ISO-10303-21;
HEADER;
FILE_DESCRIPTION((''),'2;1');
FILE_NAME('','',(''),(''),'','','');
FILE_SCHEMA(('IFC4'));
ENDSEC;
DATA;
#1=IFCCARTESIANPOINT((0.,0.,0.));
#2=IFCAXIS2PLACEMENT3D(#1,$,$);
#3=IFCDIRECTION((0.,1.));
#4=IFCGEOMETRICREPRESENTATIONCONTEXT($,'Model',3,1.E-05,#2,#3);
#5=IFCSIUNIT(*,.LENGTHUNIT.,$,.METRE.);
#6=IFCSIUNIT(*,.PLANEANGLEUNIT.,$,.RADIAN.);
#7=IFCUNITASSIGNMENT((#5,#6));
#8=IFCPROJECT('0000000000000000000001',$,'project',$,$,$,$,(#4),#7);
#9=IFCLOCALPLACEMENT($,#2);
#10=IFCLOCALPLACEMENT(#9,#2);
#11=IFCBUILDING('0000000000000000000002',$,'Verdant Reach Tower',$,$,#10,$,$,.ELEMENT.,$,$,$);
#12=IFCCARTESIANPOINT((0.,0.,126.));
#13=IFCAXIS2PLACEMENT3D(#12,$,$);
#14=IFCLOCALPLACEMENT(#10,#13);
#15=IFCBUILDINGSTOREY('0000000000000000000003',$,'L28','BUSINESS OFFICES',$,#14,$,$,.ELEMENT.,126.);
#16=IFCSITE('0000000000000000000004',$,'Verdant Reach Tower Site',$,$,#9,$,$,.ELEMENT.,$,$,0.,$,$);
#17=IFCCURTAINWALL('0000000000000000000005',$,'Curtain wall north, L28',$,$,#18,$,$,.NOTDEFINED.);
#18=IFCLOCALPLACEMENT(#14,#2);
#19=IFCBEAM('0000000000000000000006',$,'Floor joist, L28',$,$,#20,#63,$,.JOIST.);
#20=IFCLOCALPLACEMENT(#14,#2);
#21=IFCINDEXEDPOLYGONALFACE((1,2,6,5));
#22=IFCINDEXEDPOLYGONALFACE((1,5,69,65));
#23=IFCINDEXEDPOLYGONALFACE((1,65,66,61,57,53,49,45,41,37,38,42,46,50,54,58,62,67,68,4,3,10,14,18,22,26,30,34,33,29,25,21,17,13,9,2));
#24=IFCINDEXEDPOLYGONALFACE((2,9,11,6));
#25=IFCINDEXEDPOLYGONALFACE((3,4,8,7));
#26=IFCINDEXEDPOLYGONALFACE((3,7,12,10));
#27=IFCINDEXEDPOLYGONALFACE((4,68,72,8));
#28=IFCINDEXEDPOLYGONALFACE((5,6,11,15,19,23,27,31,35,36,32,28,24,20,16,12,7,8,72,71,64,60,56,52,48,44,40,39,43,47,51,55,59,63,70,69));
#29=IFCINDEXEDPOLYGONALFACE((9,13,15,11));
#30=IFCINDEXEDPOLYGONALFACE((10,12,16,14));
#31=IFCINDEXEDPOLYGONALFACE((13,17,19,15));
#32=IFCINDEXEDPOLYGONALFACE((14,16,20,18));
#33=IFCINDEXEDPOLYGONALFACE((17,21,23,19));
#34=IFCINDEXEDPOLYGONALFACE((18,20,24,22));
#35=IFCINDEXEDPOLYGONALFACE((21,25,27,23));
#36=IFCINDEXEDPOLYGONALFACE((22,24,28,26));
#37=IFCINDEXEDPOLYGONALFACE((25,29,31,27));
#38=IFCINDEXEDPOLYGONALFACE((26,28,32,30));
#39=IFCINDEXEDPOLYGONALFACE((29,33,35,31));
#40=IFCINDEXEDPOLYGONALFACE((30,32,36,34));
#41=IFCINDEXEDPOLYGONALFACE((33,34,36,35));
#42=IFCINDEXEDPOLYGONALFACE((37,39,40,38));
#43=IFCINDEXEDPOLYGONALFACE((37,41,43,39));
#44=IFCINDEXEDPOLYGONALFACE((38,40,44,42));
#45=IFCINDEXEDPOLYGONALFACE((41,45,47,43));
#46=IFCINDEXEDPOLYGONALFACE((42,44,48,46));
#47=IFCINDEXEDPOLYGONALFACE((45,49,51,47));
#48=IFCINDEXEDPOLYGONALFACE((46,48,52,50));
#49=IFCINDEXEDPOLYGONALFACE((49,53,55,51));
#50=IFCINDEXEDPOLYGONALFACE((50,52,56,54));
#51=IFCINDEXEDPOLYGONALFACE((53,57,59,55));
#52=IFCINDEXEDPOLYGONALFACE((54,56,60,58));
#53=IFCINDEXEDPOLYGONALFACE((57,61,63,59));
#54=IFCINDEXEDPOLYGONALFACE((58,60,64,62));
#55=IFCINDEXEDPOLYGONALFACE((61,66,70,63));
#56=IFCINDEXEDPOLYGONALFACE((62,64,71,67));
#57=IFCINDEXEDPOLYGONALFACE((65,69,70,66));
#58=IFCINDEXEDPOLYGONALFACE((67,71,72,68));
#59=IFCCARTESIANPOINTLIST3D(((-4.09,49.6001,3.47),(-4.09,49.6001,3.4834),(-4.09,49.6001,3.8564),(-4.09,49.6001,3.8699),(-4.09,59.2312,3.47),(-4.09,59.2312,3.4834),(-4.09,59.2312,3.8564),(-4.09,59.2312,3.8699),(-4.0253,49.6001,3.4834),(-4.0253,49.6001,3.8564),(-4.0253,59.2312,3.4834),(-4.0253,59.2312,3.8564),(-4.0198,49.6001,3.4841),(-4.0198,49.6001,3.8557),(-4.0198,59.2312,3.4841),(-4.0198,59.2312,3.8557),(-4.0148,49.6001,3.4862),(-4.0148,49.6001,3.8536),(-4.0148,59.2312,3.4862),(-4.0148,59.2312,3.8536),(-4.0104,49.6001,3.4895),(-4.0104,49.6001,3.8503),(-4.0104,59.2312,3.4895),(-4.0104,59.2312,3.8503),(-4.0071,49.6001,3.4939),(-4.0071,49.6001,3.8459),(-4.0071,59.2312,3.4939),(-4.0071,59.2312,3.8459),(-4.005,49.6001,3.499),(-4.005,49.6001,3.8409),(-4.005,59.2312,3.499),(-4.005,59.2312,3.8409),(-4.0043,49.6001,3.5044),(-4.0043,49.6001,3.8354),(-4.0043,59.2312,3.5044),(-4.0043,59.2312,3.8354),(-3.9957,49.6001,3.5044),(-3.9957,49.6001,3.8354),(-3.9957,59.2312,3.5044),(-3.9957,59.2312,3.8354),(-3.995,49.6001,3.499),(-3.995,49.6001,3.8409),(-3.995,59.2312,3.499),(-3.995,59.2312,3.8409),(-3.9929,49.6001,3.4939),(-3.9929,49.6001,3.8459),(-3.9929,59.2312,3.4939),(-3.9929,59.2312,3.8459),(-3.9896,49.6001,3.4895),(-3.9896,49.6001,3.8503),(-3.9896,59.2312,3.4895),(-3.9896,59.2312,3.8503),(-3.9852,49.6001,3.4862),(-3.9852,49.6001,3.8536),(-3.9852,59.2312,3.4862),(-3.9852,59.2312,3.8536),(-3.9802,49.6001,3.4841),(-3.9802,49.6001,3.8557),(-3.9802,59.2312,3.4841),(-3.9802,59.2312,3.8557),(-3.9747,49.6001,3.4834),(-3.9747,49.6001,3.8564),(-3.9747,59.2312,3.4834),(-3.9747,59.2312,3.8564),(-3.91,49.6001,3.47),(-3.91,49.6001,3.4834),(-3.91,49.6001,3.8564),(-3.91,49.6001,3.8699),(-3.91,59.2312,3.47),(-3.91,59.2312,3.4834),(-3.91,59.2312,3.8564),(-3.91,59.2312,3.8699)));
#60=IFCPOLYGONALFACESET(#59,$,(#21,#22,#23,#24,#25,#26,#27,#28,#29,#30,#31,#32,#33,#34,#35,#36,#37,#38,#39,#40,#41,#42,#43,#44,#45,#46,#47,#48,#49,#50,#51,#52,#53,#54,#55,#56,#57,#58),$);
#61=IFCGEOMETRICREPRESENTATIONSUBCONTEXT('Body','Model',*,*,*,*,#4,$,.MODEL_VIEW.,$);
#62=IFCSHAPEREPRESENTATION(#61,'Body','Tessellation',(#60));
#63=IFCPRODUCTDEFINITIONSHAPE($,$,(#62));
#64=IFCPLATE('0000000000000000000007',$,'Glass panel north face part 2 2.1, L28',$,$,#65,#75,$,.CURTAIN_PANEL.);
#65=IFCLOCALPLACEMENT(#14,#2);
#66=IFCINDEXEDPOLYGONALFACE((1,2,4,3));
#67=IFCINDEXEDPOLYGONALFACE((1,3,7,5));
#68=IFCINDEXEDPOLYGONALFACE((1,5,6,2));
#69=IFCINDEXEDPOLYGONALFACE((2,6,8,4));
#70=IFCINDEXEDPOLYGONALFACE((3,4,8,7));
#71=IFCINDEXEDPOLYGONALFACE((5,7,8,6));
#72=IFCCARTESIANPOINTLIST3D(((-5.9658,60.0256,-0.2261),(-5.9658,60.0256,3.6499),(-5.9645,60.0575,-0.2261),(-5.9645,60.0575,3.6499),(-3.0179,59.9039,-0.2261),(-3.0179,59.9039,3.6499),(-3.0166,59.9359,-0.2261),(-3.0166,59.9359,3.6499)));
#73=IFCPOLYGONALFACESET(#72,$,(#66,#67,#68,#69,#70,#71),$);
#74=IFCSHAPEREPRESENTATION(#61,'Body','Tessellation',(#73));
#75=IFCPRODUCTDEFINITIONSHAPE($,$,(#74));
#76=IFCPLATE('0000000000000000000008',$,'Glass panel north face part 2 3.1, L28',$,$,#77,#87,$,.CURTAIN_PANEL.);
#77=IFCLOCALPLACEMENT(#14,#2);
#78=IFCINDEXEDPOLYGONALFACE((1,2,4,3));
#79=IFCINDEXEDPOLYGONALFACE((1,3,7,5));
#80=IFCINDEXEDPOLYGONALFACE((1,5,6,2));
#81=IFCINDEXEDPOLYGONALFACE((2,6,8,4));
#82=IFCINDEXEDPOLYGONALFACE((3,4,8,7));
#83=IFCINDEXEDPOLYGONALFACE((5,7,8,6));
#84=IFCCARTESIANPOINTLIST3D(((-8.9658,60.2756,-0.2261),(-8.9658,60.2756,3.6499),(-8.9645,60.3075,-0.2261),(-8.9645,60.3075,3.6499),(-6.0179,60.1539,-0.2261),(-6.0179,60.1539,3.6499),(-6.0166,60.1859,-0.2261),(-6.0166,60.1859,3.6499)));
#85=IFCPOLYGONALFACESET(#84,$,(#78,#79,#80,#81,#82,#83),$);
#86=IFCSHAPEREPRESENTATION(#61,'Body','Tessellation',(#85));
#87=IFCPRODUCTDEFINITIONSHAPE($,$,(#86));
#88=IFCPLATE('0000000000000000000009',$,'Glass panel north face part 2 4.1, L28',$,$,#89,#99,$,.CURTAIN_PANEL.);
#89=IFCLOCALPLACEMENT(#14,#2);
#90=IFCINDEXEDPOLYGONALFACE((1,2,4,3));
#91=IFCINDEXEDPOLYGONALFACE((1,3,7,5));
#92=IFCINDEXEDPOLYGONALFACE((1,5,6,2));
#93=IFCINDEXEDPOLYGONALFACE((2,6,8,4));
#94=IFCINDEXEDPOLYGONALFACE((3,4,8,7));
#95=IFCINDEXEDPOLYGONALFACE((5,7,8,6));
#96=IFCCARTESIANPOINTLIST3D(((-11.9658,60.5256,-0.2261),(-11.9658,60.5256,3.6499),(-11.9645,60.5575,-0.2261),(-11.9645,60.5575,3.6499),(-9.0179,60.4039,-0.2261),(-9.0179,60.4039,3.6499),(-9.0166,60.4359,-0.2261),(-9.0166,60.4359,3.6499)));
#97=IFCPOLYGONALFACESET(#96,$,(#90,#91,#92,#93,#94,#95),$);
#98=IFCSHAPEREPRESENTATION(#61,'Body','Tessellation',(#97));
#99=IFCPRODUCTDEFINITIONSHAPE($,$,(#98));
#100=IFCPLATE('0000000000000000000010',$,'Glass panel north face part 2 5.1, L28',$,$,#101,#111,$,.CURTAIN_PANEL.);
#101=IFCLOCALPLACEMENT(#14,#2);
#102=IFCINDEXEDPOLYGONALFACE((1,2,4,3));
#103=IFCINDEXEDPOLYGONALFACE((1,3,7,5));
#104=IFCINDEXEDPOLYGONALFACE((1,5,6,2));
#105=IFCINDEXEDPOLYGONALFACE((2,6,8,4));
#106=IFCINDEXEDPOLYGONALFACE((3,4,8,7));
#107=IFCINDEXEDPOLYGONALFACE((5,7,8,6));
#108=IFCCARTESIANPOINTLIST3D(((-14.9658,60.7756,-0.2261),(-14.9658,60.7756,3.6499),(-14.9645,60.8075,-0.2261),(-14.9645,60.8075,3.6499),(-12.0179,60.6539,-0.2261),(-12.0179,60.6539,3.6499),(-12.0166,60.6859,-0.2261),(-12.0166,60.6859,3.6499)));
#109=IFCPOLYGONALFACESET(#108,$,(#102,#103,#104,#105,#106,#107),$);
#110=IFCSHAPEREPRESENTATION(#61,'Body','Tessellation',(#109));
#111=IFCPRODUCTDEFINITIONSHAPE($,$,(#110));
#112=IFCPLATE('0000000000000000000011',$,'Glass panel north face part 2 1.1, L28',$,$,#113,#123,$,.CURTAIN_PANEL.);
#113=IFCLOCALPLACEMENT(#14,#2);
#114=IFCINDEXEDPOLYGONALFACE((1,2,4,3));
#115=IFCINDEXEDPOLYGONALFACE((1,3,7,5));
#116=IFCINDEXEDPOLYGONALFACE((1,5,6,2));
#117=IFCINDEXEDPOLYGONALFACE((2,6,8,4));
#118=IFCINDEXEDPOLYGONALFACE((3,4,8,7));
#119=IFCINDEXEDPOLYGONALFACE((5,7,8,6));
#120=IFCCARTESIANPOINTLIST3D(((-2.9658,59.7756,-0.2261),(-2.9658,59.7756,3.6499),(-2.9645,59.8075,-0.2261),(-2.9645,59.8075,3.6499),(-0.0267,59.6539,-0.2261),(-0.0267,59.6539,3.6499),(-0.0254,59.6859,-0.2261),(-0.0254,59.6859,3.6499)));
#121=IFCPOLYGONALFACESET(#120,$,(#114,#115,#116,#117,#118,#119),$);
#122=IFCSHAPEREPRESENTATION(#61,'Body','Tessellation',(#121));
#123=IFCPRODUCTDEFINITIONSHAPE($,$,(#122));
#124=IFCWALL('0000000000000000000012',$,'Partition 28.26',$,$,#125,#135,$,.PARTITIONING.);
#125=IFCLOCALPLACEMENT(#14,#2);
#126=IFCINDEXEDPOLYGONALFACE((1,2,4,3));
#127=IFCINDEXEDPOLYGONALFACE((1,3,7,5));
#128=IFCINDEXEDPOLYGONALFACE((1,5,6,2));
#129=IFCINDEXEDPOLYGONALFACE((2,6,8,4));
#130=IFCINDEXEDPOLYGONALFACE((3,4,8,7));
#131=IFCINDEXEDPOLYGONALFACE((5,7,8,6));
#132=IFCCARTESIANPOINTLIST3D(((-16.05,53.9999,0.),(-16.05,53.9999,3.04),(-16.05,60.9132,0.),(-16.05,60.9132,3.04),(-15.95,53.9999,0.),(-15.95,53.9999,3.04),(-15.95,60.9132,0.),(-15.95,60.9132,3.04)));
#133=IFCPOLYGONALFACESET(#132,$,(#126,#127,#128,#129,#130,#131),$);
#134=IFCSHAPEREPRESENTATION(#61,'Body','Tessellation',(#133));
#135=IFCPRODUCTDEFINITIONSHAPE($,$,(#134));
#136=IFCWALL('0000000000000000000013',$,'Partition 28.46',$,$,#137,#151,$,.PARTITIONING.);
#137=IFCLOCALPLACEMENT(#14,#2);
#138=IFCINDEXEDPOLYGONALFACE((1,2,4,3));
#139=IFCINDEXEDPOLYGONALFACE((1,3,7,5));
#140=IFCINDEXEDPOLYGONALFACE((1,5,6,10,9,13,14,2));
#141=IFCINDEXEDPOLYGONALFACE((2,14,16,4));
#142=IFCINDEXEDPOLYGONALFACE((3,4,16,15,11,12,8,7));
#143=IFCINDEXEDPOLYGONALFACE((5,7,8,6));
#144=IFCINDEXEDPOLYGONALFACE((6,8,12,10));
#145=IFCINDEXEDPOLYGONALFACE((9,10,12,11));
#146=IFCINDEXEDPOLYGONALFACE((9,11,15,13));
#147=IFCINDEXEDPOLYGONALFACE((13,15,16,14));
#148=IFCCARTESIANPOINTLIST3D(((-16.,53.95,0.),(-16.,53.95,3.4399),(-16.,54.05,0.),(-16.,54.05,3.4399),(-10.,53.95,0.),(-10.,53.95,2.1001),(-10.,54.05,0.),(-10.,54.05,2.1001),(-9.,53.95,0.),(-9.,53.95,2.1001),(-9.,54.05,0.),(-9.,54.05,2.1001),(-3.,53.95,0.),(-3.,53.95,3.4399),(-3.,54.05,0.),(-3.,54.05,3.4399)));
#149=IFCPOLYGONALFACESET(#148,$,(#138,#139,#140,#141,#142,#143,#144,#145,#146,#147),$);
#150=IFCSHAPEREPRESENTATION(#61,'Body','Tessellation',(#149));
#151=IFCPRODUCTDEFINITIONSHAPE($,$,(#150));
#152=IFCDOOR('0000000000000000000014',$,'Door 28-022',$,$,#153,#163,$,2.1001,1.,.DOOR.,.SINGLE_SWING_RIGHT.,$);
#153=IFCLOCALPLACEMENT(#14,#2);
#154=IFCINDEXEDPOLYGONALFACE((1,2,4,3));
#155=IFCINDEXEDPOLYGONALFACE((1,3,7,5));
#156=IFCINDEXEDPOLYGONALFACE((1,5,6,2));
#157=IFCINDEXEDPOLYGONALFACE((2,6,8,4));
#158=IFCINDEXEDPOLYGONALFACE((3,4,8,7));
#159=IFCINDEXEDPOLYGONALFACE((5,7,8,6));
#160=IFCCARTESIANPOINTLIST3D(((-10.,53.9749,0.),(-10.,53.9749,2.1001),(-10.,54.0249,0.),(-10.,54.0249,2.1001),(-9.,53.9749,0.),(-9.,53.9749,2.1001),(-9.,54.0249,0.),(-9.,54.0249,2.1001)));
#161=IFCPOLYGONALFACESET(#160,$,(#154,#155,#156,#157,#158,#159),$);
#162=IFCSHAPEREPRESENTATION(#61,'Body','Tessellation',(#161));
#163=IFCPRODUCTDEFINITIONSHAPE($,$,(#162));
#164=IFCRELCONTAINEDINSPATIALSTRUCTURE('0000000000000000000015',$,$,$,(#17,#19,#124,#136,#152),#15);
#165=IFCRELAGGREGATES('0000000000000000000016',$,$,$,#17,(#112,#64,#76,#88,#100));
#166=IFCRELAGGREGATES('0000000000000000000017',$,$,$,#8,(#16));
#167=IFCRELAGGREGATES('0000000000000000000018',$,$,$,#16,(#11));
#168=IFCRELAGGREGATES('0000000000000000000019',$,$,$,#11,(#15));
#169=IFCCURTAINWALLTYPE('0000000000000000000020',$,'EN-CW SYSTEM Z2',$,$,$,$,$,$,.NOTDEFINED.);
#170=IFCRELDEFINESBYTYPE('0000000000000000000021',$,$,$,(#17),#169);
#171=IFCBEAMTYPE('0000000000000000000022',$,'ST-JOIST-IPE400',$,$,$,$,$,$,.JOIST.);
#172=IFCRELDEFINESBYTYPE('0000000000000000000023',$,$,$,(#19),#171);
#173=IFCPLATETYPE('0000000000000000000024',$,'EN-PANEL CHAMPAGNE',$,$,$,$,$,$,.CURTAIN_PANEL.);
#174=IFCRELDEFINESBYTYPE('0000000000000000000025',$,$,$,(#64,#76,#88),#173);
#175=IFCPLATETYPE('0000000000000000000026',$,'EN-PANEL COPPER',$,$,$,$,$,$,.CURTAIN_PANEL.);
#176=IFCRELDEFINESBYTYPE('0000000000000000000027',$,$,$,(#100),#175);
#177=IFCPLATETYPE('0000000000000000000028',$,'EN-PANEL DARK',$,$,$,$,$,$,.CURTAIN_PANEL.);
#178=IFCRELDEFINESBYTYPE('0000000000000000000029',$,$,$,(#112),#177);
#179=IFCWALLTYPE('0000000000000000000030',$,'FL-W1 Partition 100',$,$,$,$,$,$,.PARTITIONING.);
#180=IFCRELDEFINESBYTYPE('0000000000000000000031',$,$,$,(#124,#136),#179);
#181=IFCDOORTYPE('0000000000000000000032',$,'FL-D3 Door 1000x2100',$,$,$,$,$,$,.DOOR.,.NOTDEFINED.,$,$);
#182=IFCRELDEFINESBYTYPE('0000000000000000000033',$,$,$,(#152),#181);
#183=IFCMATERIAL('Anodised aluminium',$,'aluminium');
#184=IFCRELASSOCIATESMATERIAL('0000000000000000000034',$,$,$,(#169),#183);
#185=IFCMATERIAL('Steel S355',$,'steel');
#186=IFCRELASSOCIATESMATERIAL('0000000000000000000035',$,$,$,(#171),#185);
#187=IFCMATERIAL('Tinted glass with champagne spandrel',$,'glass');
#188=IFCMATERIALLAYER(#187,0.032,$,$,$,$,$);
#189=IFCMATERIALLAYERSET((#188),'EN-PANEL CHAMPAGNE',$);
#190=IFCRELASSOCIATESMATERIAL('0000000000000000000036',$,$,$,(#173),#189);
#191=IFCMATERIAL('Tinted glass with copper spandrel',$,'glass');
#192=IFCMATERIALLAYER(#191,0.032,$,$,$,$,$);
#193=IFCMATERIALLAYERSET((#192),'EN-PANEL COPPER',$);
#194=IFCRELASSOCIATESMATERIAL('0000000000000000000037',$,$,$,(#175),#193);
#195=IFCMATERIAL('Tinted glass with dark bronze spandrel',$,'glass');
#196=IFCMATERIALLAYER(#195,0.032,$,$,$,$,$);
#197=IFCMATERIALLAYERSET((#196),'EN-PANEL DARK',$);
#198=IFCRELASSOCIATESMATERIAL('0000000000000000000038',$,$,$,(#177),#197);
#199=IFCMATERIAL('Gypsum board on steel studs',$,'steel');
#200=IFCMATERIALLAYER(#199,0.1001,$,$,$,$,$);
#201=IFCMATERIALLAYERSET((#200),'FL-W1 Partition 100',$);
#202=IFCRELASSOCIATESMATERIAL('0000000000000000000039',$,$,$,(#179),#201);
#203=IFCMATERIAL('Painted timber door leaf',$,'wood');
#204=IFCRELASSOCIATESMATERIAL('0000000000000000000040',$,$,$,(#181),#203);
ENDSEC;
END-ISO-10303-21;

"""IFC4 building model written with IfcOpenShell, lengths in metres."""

from ifc_helpers import new_model, si_unit, direction, frame, frame_2d, origin, origin_2d, place, context, subcontext, project, spatial, rectangle, i_section, extrude, material, layer, layer_set, material_profile, profile_set, type_object, element, fill, aggregate, save


model = new_model("IFC4")

# Units and contexts
model_context = context("Model", 3, precision=1e-05, world=origin(), true_north=direction((0.0, 1.0)))
body_context = subcontext(model_context, "Body", "Model", "MODEL_VIEW")
ifc_project = project(units=[si_unit("LENGTHUNIT", "METRE"), si_unit("PLANEANGLEUNIT", "RADIAN")], contexts=[model_context])

# Site, building, storey
site_placement = place(None, origin())
site = spatial("IfcSite", under=ifc_project, at=site_placement, Name="Verdant Reach Tower Site", CompositionType="ELEMENT", RefElevation=0.0)
building_placement = place(site_placement, origin())
building = spatial("IfcBuilding", under=site, at=building_placement, Name="Verdant Reach Tower", CompositionType="ELEMENT")
storey_placement = place(building_placement, frame((0.0, 0.0, 126.0)))
storey = spatial("IfcBuildingStorey", under=building, at=storey_placement, Name="L28", Description="BUSINESS OFFICES", CompositionType="ELEMENT", Elevation=126.0)

# Curtain wall
ifc_material_1 = material(Name="Anodised aluminium", Category="aluminium")
curtain_wall_type = type_object("IfcCurtainWallType", Name="EN-CW SYSTEM Z2", PredefinedType="NOTDEFINED", material=ifc_material_1)
curtain_wall_placement = place(storey_placement, origin())
curtain_wall = element("IfcCurtainWall", 1, at=curtain_wall_placement, inside=storey, type_object=curtain_wall_type, Name="Curtain wall north, L28", PredefinedType="NOTDEFINED")

# Beam
ifc_material_2 = material(Name="Steel S355", Category="steel")
ifc_material_profile_1 = material_profile(ifc_material_2, i_section(OverallWidth=0.1799, OverallDepth=0.3999, WebThickness=0.0085, FlangeThickness=0.0134, FilletRadius=0.021, at=origin_2d()), Name="IPE 400")
ifc_profile_set_1 = profile_set([ifc_material_profile_1], Name="Steel S355")
beam_type_1 = type_object("IfcBeamType", Name="ST-JOIST-IPE400", PredefinedType="JOIST", material=ifc_profile_set_1)
beam_1_placement = place(storey_placement, frame((-4.0, 49.6001, 3.6699), z_axis=(0.0, 1.0, 0.0), x_axis=(-1.0, 0.0, 0.0)))
element("IfcBeam", 2, at=beam_1_placement, inside=storey, type_object=beam_type_1, Name="Floor joist, L28", PredefinedType="JOIST", context=body_context, shape_type="SweptSolid", body=[
    extrude(i_section(OverallWidth=0.1799, OverallDepth=0.3999, WebThickness=0.0085, FlangeThickness=0.0134, FilletRadius=0.021, at=origin_2d()), origin(), (0.0, 0.0, 1.0), 9.6311),
])

# Plates
ifc_material_3 = material(Name="Tinted glass with champagne spandrel", Category="glass")
ifc_layer_1 = layer(ifc_material_3, 0.032)
ifc_layer_set_1 = layer_set([ifc_layer_1], Name="EN-PANEL CHAMPAGNE")
plate_type_1 = type_object("IfcPlateType", Name="EN-PANEL CHAMPAGNE", PredefinedType="CURTAIN_PANEL", material=ifc_layer_set_1)
plate_1_placement = place(storey_placement, frame((-4.4912, 59.9807, -0.2261), z_axis=(0.0, 0.0, 1.0), x_axis=(-0.999149, 0.041242, 0.0)))
plate_1 = element("IfcPlate", 3, at=plate_1_placement, type_object=plate_type_1, Name="Glass panel north face part 2 2.1, L28", PredefinedType="CURTAIN_PANEL", context=body_context, shape_type="SweptSolid", body=[
    extrude(rectangle(XDim=2.9504, YDim=0.032, at=origin_2d()), origin(), (0.0, 0.0, 1.0), 3.876),
])
plate_2_placement = place(storey_placement, frame((-7.4912, 60.2307, -0.2261), z_axis=(0.0, 0.0, 1.0), x_axis=(-0.999149, 0.041242, 0.0)))
plate_2 = element("IfcPlate", 4, at=plate_2_placement, type_object=plate_type_1, Name="Glass panel north face part 2 3.1, L28", PredefinedType="CURTAIN_PANEL", context=body_context, shape_type="SweptSolid", body=[
    extrude(rectangle(XDim=2.9504, YDim=0.032, at=origin_2d()), origin(), (0.0, 0.0, 1.0), 3.876),
])
plate_3_placement = place(storey_placement, frame((-10.4912, 60.4807, -0.2261), z_axis=(0.0, 0.0, 1.0), x_axis=(-0.999149, 0.041242, 0.0)))
plate_3 = element("IfcPlate", 5, at=plate_3_placement, type_object=plate_type_1, Name="Glass panel north face part 2 4.1, L28", PredefinedType="CURTAIN_PANEL", context=body_context, shape_type="SweptSolid", body=[
    extrude(rectangle(XDim=2.9504, YDim=0.032, at=origin_2d()), origin(), (0.0, 0.0, 1.0), 3.876),
])
ifc_material_4 = material(Name="Tinted glass with copper spandrel", Category="glass")
ifc_layer_2 = layer(ifc_material_4, 0.032)
ifc_layer_set_2 = layer_set([ifc_layer_2], Name="EN-PANEL COPPER")
plate_type_2 = type_object("IfcPlateType", Name="EN-PANEL COPPER", PredefinedType="CURTAIN_PANEL", material=ifc_layer_set_2)
plate_4_placement = place(storey_placement, frame((-13.4912, 60.7307, -0.2261), z_axis=(0.0, 0.0, 1.0), x_axis=(-0.999149, 0.041242, 0.0)))
plate_4 = element("IfcPlate", 6, at=plate_4_placement, type_object=plate_type_2, Name="Glass panel north face part 2 5.1, L28", PredefinedType="CURTAIN_PANEL", context=body_context, shape_type="SweptSolid", body=[
    extrude(rectangle(XDim=2.9504, YDim=0.032, at=origin_2d()), origin(), (0.0, 0.0, 1.0), 3.876),
])
ifc_material_5 = material(Name="Tinted glass with dark bronze spandrel", Category="glass")
ifc_layer_3 = layer(ifc_material_5, 0.032)
ifc_layer_set_3 = layer_set([ifc_layer_3], Name="EN-PANEL DARK")
plate_type_3 = type_object("IfcPlateType", Name="EN-PANEL DARK", PredefinedType="CURTAIN_PANEL", material=ifc_layer_set_3)
plate_5_placement = place(storey_placement, frame((-1.4956, 59.7307, -0.2261), z_axis=(0.0, 0.0, 1.0), x_axis=(-0.999144, 0.041364, 0.0)))
plate_5 = element("IfcPlate", 7, at=plate_5_placement, type_object=plate_type_3, Name="Glass panel north face part 2 1.1, L28", PredefinedType="CURTAIN_PANEL", context=body_context, shape_type="SweptSolid", body=[
    extrude(rectangle(XDim=2.9417, YDim=0.032, at=origin_2d()), origin(), (0.0, 0.0, 1.0), 3.876),
])
aggregate(curtain_wall, [plate_5, plate_1, plate_2, plate_3, plate_4])

# Wall
ifc_material_6 = material(Name="Gypsum board on steel studs", Category="steel")
ifc_layer_4 = layer(ifc_material_6, 0.1001)
ifc_layer_set_4 = layer_set([ifc_layer_4], Name="FL-W1 Partition 100")
wall_type = type_object("IfcWallType", Name="FL-W1 Partition 100", PredefinedType="PARTITIONING", material=ifc_layer_set_4)
wall_1_placement = place(storey_placement, frame((-16.0, 54.0, 0.0), z_axis=(0.0, 0.0, 1.0), x_axis=(0.0, 1.0, 0.0)))
element("IfcWall", 8, at=wall_1_placement, inside=storey, type_object=wall_type, Name="Partition 28.26", PredefinedType="PARTITIONING", context=body_context, shape_type="SweptSolid", body=[
    extrude(rectangle(XDim=6.9133, YDim=0.1001, at=frame_2d((3.4565, 0.0))), origin(), (0.0, 0.0, 1.0), 3.04),
])

# Wall, opening, door
wall_2_placement = place(storey_placement, frame((-16.0, 54.0, 0.0), z_axis=(0.0, 0.0, 1.0), x_axis=(1.0, 0.0, 0.0)))
wall_2 = element("IfcWall", 9, at=wall_2_placement, inside=storey, type_object=wall_type, Name="Partition 28.46", PredefinedType="PARTITIONING", context=body_context, shape_type="SweptSolid", body=[
    extrude(rectangle(XDim=13.0, YDim=0.1001, at=frame_2d((6.5, 0.0))), origin(), (0.0, 0.0, 1.0), 3.4399),
])
opening_1_placement = place(wall_2_placement, frame((6.0, 0.0, 0.0)))
opening_1 = element("IfcOpeningElement", 10, at=opening_1_placement, cuts=wall_2, PredefinedType="OPENING", context=body_context, shape_type="SweptSolid", body=[
    extrude(rectangle(XDim=1.0, YDim=2.1001, at=frame_2d((0.5, 1.05))), frame((0.0, 0.0601, 0.0), z_axis=(0.0, -1.0, 0.0), x_axis=(1.0, 0.0, 0.0)), (0.0, 0.0, 1.0), 0.1201),
])
ifc_material_7 = material(Name="Painted timber door leaf", Category="wood")
door_type = type_object("IfcDoorType", Name="FL-D3 Door 1000x2100", OperationType="NOTDEFINED", PredefinedType="DOOR", material=ifc_material_7)
door_1_placement = place(opening_1_placement, origin())
door_1 = element("IfcDoor", 11, at=door_1_placement, inside=storey, type_object=door_type, Name="Door 28-022", OperationType="SINGLE_SWING_RIGHT", OverallHeight=2.1001, OverallWidth=1.0, PredefinedType="DOOR", context=body_context, shape_type="SweptSolid", body=[
    extrude(rectangle(XDim=1.0, YDim=2.1001, at=frame_2d((0.5, 1.05))), frame((0.0, 0.0249, 0.0), z_axis=(0.0, -1.0, 0.0), x_axis=(1.0, 0.0, 0.0)), (0.0, 0.0, 1.0), 0.05),
])
fill(opening_1, door_1)

save(model, "model.ifc")
